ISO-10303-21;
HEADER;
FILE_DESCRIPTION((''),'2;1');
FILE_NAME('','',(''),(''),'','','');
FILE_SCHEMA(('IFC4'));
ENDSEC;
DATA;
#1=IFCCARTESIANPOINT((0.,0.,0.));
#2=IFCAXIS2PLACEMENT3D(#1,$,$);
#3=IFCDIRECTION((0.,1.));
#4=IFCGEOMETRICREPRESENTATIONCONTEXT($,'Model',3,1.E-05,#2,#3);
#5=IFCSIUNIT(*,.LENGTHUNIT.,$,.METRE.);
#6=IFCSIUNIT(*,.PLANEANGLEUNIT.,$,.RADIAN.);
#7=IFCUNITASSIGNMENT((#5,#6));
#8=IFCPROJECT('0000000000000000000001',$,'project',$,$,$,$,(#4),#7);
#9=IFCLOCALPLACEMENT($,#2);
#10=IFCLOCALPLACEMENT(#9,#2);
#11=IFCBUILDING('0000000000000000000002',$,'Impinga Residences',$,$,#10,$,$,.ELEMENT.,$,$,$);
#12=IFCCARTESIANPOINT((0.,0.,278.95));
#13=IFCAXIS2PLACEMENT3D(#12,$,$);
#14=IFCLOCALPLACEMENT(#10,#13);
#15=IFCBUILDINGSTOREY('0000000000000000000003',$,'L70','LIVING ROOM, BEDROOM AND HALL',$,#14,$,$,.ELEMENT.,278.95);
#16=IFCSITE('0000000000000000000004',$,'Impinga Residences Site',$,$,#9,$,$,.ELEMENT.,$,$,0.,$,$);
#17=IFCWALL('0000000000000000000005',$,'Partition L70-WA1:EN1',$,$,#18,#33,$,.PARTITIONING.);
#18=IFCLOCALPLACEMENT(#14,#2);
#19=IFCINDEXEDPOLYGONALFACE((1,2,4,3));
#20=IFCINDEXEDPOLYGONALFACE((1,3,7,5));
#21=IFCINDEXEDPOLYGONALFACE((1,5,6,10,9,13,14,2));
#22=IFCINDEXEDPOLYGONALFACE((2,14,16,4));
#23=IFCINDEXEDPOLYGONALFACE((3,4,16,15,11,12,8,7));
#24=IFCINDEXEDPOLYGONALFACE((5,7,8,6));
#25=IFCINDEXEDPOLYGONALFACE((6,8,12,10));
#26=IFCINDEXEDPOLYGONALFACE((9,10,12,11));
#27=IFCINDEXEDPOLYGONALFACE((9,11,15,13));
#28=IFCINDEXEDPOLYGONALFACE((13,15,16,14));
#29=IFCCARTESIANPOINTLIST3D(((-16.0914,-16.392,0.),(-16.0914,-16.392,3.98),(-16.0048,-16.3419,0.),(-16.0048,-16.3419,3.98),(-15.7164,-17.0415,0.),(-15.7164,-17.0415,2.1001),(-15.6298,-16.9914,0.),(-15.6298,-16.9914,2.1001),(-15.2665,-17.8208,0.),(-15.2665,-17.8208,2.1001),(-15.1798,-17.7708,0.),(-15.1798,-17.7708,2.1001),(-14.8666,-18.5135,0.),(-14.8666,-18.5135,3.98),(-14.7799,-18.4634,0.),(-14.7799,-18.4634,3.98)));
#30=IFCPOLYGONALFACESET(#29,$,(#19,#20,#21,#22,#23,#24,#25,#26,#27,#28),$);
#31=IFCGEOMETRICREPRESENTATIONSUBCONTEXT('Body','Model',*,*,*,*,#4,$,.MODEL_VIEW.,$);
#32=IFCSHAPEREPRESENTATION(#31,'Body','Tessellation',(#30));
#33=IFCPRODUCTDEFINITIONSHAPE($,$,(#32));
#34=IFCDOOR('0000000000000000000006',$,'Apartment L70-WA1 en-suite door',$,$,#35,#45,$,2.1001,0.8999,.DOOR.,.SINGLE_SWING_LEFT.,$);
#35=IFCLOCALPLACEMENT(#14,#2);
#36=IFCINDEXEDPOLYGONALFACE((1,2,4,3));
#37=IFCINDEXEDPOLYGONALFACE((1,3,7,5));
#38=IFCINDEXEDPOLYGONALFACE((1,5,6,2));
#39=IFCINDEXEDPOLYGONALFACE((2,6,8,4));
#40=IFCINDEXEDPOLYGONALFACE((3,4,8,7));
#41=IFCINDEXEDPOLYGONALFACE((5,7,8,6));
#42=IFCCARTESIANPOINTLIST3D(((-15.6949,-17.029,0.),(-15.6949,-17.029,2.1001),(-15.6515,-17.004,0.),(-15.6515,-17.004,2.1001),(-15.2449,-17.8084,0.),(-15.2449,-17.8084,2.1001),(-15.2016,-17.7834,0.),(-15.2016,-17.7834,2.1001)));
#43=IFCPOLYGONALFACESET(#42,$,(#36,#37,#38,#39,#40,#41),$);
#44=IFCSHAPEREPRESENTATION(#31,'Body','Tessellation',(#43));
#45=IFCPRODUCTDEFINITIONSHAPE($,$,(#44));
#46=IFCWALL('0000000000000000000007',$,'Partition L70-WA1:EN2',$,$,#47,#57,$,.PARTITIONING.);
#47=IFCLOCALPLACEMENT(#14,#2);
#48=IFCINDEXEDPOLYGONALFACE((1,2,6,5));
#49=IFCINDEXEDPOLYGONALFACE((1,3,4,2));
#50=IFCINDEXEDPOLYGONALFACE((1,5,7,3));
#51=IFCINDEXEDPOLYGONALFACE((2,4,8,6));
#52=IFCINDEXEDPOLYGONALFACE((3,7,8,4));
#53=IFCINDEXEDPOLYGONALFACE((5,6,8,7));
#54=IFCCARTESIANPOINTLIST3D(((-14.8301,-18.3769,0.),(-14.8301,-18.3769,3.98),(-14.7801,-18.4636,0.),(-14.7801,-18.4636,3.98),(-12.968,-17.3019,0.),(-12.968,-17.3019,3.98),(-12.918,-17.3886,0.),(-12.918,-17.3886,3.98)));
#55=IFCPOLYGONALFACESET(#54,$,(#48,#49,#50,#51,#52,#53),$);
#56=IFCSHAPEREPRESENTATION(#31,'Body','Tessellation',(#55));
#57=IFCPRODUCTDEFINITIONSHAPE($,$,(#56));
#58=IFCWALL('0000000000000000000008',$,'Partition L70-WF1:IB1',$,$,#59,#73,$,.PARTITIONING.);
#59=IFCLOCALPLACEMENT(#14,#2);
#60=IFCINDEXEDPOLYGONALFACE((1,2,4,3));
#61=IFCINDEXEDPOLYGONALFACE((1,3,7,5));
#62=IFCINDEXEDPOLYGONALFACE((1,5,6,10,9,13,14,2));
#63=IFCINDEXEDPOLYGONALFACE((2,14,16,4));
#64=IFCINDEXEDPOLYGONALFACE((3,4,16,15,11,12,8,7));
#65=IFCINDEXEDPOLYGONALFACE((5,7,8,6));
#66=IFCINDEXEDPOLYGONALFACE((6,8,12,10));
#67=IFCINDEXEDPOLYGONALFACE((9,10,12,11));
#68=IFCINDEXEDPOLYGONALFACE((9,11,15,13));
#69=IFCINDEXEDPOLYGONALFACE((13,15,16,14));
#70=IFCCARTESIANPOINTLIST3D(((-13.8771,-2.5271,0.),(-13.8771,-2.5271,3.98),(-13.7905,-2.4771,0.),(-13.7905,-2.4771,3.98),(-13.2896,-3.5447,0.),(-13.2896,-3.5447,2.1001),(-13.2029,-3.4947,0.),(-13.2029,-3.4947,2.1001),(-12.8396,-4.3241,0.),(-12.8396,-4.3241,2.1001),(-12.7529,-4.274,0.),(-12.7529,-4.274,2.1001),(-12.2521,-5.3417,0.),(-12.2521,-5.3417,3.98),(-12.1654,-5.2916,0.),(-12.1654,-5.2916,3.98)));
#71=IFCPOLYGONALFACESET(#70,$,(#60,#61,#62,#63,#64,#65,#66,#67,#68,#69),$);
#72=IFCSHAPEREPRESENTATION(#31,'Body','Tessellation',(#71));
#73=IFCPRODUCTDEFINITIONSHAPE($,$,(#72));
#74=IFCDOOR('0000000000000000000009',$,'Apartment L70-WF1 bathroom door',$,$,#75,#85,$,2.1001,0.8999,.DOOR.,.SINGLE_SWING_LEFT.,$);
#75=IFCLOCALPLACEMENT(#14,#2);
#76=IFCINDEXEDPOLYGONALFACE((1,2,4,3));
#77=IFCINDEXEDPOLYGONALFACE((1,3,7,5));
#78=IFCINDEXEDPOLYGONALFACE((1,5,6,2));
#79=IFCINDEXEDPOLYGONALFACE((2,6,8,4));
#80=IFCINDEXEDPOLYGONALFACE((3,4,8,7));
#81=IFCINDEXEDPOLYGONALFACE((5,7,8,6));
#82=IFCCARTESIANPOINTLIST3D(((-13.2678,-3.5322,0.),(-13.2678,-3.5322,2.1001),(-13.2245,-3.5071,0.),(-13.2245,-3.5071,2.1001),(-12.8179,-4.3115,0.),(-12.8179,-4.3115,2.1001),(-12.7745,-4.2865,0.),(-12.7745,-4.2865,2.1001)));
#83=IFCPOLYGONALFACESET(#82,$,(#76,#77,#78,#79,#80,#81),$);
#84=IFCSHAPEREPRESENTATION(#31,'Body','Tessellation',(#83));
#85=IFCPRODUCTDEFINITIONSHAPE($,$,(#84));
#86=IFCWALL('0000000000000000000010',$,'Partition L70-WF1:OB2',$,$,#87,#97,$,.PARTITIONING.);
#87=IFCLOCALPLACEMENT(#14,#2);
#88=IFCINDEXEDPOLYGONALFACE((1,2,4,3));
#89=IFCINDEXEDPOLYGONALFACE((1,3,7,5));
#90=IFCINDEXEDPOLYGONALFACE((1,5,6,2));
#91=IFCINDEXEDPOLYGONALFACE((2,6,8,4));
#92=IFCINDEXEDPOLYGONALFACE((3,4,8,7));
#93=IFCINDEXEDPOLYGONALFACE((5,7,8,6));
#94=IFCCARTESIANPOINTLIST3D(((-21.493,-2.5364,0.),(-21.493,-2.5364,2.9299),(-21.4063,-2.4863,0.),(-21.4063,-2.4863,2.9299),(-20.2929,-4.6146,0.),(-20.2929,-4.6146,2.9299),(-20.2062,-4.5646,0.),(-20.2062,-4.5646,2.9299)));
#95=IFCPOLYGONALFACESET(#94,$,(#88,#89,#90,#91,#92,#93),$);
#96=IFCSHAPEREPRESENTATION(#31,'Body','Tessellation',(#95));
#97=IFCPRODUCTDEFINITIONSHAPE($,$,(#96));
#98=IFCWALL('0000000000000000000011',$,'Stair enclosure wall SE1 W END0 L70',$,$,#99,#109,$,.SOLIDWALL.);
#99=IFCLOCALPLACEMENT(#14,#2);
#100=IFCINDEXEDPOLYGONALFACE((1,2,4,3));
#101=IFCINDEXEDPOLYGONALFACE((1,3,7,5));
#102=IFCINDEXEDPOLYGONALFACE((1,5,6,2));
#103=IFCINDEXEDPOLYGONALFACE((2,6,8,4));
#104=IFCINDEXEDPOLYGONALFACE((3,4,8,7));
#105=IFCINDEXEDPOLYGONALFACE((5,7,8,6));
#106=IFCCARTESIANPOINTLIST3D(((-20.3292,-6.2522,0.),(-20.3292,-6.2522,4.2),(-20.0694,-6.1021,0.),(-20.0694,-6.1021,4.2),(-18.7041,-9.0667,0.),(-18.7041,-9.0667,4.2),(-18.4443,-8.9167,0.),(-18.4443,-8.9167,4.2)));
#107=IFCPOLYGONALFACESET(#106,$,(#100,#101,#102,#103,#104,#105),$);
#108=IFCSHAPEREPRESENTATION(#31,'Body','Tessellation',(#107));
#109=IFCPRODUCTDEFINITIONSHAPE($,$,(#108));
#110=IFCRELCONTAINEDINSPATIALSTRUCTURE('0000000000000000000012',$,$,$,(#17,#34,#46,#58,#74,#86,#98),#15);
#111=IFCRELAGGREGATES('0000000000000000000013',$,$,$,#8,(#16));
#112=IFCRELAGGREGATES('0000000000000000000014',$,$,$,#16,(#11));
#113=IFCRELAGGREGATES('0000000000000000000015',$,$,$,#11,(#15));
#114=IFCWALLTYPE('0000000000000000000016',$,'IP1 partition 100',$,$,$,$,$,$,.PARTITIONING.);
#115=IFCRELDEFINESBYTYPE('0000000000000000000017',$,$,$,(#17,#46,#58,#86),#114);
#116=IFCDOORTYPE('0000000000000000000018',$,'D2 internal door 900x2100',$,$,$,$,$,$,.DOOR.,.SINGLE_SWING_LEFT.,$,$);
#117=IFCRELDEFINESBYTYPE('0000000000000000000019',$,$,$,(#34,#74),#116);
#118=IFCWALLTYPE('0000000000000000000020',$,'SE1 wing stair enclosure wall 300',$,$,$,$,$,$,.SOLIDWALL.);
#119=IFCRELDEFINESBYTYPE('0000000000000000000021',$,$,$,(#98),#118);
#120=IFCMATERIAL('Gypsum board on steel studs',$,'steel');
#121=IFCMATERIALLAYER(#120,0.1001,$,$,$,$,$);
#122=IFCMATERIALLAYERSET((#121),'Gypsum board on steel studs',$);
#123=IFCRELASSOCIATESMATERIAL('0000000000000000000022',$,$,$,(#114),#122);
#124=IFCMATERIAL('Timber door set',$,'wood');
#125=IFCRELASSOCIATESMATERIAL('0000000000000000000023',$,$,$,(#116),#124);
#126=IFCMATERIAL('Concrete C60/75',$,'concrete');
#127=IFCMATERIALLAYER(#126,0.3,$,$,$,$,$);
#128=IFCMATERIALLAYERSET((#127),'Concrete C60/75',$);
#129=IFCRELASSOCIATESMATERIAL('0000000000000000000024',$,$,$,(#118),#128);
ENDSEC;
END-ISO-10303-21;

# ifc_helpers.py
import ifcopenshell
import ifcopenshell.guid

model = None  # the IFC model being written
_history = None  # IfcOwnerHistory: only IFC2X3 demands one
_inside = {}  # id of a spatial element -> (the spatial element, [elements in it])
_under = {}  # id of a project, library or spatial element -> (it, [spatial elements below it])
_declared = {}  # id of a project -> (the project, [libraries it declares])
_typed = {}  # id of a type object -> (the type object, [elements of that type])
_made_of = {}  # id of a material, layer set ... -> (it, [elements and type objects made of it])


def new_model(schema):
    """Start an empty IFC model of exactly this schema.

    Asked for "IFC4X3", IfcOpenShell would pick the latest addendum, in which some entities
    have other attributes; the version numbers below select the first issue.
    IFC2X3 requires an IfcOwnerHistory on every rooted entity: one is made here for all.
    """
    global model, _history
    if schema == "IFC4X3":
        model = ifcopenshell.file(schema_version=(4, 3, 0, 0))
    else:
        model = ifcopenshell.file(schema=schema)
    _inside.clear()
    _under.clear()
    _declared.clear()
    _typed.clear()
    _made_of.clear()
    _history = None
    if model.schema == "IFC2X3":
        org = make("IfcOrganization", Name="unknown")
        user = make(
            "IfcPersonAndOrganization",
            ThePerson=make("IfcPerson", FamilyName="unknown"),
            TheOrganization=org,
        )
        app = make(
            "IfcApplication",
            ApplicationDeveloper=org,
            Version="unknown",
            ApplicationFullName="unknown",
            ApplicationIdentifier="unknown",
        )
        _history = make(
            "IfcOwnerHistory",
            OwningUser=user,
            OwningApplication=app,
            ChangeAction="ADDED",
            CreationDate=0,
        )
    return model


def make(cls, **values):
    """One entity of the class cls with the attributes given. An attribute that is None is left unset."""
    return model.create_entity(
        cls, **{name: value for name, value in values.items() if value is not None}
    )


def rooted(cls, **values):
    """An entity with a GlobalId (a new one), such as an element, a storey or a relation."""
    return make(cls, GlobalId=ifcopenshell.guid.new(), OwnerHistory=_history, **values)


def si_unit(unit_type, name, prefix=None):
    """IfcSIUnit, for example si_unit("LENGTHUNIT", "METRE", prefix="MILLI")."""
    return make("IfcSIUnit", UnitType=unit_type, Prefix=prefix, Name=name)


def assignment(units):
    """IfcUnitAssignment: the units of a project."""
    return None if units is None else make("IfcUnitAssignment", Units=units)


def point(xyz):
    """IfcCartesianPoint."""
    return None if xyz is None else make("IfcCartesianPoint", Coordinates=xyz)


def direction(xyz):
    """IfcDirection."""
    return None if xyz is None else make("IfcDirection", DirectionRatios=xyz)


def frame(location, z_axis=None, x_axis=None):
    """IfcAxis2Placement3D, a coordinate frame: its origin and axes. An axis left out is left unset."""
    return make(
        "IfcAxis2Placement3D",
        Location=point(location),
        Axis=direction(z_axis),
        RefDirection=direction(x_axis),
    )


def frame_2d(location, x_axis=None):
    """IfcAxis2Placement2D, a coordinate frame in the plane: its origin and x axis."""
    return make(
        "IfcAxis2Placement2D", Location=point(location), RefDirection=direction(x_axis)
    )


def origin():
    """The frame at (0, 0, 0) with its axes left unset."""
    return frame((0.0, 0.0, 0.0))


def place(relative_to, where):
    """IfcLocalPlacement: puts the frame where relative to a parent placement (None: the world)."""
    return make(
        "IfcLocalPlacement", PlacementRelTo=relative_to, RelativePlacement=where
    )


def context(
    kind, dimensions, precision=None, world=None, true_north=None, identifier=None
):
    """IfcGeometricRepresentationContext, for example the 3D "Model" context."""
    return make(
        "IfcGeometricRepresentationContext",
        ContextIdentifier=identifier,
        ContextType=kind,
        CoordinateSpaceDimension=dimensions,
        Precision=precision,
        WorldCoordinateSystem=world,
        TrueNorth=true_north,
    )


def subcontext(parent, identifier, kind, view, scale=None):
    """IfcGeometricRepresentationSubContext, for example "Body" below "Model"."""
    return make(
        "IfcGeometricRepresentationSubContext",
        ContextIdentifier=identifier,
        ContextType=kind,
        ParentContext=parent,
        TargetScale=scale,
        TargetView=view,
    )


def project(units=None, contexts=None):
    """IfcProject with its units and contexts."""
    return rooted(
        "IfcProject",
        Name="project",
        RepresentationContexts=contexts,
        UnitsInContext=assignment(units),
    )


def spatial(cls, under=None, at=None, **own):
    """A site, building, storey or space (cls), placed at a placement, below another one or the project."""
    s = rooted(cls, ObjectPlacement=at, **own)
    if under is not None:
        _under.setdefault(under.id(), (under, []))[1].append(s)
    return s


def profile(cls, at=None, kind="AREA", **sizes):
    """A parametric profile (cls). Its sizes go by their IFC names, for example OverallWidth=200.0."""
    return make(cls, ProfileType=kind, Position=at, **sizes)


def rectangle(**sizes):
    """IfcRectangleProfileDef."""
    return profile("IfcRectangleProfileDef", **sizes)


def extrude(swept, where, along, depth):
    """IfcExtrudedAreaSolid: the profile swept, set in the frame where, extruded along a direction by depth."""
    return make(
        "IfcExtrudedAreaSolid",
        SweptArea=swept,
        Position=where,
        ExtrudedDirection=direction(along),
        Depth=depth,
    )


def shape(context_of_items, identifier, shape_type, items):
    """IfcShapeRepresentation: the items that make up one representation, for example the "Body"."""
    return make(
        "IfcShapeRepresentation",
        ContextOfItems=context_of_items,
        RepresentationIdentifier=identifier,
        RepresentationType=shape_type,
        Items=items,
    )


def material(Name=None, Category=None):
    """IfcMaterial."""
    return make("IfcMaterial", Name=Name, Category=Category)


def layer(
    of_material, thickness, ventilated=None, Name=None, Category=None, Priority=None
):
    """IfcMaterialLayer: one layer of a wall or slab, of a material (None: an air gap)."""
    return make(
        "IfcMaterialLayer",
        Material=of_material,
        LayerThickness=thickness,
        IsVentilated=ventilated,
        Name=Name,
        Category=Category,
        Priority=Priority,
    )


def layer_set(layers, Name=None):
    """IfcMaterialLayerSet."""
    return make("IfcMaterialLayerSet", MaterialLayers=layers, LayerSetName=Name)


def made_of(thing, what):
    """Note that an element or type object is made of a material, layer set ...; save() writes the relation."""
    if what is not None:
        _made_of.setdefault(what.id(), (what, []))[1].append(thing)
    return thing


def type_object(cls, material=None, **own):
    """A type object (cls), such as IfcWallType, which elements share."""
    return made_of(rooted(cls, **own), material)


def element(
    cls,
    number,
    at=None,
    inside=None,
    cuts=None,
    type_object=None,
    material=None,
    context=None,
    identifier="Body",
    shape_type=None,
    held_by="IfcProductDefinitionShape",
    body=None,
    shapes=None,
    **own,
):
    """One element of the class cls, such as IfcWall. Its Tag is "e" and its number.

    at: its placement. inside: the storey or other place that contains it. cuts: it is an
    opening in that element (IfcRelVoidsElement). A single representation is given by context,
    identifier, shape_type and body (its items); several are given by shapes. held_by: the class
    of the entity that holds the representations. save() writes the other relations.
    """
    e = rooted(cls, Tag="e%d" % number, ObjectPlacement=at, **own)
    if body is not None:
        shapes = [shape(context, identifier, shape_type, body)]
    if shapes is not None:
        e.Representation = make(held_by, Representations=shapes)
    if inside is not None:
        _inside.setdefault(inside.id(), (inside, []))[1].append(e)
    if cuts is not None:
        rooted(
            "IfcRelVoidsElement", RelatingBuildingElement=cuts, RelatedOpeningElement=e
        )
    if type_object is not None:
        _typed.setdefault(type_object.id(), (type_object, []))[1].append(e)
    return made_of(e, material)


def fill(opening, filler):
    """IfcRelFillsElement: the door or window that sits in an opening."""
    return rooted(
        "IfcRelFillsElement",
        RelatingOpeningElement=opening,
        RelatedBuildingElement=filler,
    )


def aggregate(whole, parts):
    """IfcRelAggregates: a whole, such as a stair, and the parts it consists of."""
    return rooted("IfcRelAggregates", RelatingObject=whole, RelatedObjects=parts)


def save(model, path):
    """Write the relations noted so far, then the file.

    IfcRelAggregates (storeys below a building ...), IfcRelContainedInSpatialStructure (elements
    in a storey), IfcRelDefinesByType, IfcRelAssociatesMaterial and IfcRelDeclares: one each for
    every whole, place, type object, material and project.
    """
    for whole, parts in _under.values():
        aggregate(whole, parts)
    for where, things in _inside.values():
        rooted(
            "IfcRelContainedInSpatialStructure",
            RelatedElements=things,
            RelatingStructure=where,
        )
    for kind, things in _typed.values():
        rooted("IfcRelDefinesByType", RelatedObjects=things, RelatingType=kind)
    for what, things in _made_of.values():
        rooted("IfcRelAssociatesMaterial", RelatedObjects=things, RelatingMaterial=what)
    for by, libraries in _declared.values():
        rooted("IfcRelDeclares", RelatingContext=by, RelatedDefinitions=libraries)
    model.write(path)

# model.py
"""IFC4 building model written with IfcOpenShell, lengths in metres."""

from ifc_helpers import new_model, si_unit, direction, frame, frame_2d, origin, place, context, subcontext, project, spatial, rectangle, extrude, material, layer, layer_set, type_object, element, fill, save


model = new_model("IFC4")

# Units and contexts
model_context = context("Model", 3, precision=1e-05, world=origin(), true_north=direction((0.0, 1.0)))
body_context = subcontext(model_context, "Body", "Model", "MODEL_VIEW")
ifc_project = project(units=[si_unit("LENGTHUNIT", "METRE"), si_unit("PLANEANGLEUNIT", "RADIAN")], contexts=[model_context])

# Site, building, storey
site_placement = place(None, origin())
site = spatial("IfcSite", under=ifc_project, at=site_placement, Name="Impinga Residences Site", CompositionType="ELEMENT", RefElevation=0.0)
building_placement = place(site_placement, origin())
building = spatial("IfcBuilding", under=site, at=building_placement, Name="Impinga Residences", CompositionType="ELEMENT")
storey_placement = place(building_placement, frame((0.0, 0.0, 278.95)))
storey = spatial("IfcBuildingStorey", under=building, at=storey_placement, Name="L70", Description="LIVING ROOM, BEDROOM AND HALL", CompositionType="ELEMENT", Elevation=278.95)

# Shared definitions
ifc_material_1 = material(Name="Concrete C60/75", Category="concrete")

# Shared definitions
ifc_material_2 = material(Name="Timber door set", Category="wood")

# Shared definitions
ifc_material_3 = material(Name="Gypsum board on steel studs", Category="steel")
ifc_layer_1 = layer(ifc_material_3, 0.1001)
ifc_layer_set_1 = layer_set([ifc_layer_1], Name="Gypsum board on steel studs")
wall_type_1 = type_object("IfcWallType", Name="IP1 partition 100", PredefinedType="PARTITIONING", material=ifc_layer_set_1)

# Wall, opening, door
wall_1_placement = place(storey_placement, frame((-16.0481, -16.3669, 0.0), z_axis=(0.0, 0.0, 1.0), x_axis=(0.499987, -0.866033, 0.0)))
wall_1 = element("IfcWall", 1, at=wall_1_placement, inside=storey, type_object=wall_type_1, Name="Partition L70-WA1:EN1", PredefinedType="PARTITIONING", context=body_context, shape_type="SweptSolid", body=[
    extrude(rectangle(XDim=2.4497, YDim=0.1001, at=frame_2d((1.2249, 0.0))), origin(), (0.0, 0.0, 1.0), 3.98),
])
opening_1_placement = place(wall_1_placement, frame((0.75, 0.0, 0.0)))
opening_1 = element("IfcOpeningElement", 2, at=opening_1_placement, cuts=wall_1, PredefinedType="OPENING", context=body_context, shape_type="SweptSolid", body=[
    extrude(rectangle(XDim=0.8999, YDim=2.1001, at=frame_2d((0.45, 1.05))), frame((0.0, 0.0601, 0.0), z_axis=(0.0, -1.0, 0.0), x_axis=(1.0, 0.0, 0.0)), (0.0, 0.0, 1.0), 0.1201),
])
door_type_1 = type_object("IfcDoorType", Name="D2 internal door 900x2100", OperationType="SINGLE_SWING_LEFT", PredefinedType="DOOR", material=ifc_material_2)
door_1_placement = place(opening_1_placement, origin())
door_1 = element("IfcDoor", 3, at=door_1_placement, inside=storey, type_object=door_type_1, Name="Apartment L70-WA1 en-suite door", OperationType="SINGLE_SWING_LEFT", OverallHeight=2.1001, OverallWidth=0.8999, PredefinedType="DOOR", context=body_context, shape_type="SweptSolid", body=[
    extrude(rectangle(XDim=0.8999, YDim=2.1001, at=frame_2d((0.45, 1.05))), frame((0.0, 0.0249, 0.0), z_axis=(0.0, -1.0, 0.0), x_axis=(1.0, 0.0, 0.0)), (0.0, 0.0, 1.0), 0.05),
])
fill(opening_1, door_1)

# Wall
wall_2_placement = place(storey_placement, frame((-12.9429, -17.3452, 0.0), z_axis=(0.0, 0.0, 1.0), x_axis=(-0.866048, -0.499962, 0.0)))
element("IfcWall", 4, at=wall_2_placement, inside=storey, type_object=wall_type_1, Name="Partition L70-WA1:EN2", PredefinedType="PARTITIONING", context=body_context, shape_type="SweptSolid", body=[
    extrude(rectangle(XDim=2.1501, YDim=0.1001, at=frame_2d((1.0752, 0.0))), origin(), (0.0, 0.0, 1.0), 3.98),
])

# Wall, opening, door
wall_3_placement = place(storey_placement, frame((-12.2087, -5.3167, 0.0), z_axis=(0.0, 0.0, 1.0), x_axis=(-0.500017, 0.866015, 0.0)))
wall_3 = element("IfcWall", 5, at=wall_3_placement, inside=storey, type_object=wall_type_1, Name="Partition L70-WF1:IB1", PredefinedType="PARTITIONING", context=body_context, shape_type="SweptSolid", body=[
    extrude(rectangle(XDim=3.25, YDim=0.1001, at=frame_2d((1.625, 0.0))), origin(), (0.0, 0.0, 1.0), 3.98),
])
opening_2_placement = place(wall_3_placement, frame((1.175, 0.0, 0.0)))
opening_2 = element("IfcOpeningElement", 6, at=opening_2_placement, cuts=wall_3, PredefinedType="OPENING", context=body_context, shape_type="SweptSolid", body=[
    extrude(rectangle(XDim=0.8999, YDim=2.1001, at=frame_2d((0.45, 1.05))), frame((0.0, 0.0601, 0.0), z_axis=(0.0, -1.0, 0.0), x_axis=(1.0, 0.0, 0.0)), (0.0, 0.0, 1.0), 0.1201),
])
door_2_placement = place(opening_2_placement, origin())
door_2 = element("IfcDoor", 7, at=door_2_placement, inside=storey, type_object=door_type_1, Name="Apartment L70-WF1 bathroom door", OperationType="SINGLE_SWING_LEFT", OverallHeight=2.1001, OverallWidth=0.8999, PredefinedType="DOOR", context=body_context, shape_type="SweptSolid", body=[
    extrude(rectangle(XDim=0.8999, YDim=2.1001, at=frame_2d((0.45, 1.05))), frame((0.0, 0.0249, 0.0), z_axis=(0.0, -1.0, 0.0), x_axis=(1.0, 0.0, 0.0)), (0.0, 0.0, 1.0), 0.05),
])
fill(opening_2, door_2)

# Walls
wall_4_placement = place(storey_placement, frame((-20.2495, -4.5896, 0.0), z_axis=(0.0, 0.0, 1.0), x_axis=(-0.500078, 0.865981, 0.0)))
element("IfcWall", 8, at=wall_4_placement, inside=storey, type_object=wall_type_1, Name="Partition L70-WF1:OB2", PredefinedType="PARTITIONING", context=body_context, shape_type="SweptSolid", body=[
    extrude(rectangle(XDim=2.3999, YDim=0.1001, at=frame_2d((1.2, 0.0))), origin(), (0.0, 0.0, 1.0), 2.9299),
])
ifc_layer_2 = layer(ifc_material_1, 0.3)
ifc_layer_set_2 = layer_set([ifc_layer_2], Name="Concrete C60/75")
wall_type_2 = type_object("IfcWallType", Name="SE1 wing stair enclosure wall 300", PredefinedType="SOLIDWALL", material=ifc_layer_set_2)
wall_5_placement = place(storey_placement, frame((-18.5742, -8.9917, 0.0), z_axis=(0.0, 0.0, 1.0), x_axis=(-0.500017, 0.866015, 0.0)))
element("IfcWall", 9, at=wall_5_placement, inside=storey, type_object=wall_type_2, Name="Stair enclosure wall SE1 W END0 L70", PredefinedType="SOLIDWALL", context=body_context, shape_type="SweptSolid", body=[
    extrude(rectangle(XDim=3.25, YDim=0.3, at=frame_2d((1.625, 0.0))), origin(), (0.0, 0.0, 1.0), 4.2),
])

save(model, "model.ifc")
